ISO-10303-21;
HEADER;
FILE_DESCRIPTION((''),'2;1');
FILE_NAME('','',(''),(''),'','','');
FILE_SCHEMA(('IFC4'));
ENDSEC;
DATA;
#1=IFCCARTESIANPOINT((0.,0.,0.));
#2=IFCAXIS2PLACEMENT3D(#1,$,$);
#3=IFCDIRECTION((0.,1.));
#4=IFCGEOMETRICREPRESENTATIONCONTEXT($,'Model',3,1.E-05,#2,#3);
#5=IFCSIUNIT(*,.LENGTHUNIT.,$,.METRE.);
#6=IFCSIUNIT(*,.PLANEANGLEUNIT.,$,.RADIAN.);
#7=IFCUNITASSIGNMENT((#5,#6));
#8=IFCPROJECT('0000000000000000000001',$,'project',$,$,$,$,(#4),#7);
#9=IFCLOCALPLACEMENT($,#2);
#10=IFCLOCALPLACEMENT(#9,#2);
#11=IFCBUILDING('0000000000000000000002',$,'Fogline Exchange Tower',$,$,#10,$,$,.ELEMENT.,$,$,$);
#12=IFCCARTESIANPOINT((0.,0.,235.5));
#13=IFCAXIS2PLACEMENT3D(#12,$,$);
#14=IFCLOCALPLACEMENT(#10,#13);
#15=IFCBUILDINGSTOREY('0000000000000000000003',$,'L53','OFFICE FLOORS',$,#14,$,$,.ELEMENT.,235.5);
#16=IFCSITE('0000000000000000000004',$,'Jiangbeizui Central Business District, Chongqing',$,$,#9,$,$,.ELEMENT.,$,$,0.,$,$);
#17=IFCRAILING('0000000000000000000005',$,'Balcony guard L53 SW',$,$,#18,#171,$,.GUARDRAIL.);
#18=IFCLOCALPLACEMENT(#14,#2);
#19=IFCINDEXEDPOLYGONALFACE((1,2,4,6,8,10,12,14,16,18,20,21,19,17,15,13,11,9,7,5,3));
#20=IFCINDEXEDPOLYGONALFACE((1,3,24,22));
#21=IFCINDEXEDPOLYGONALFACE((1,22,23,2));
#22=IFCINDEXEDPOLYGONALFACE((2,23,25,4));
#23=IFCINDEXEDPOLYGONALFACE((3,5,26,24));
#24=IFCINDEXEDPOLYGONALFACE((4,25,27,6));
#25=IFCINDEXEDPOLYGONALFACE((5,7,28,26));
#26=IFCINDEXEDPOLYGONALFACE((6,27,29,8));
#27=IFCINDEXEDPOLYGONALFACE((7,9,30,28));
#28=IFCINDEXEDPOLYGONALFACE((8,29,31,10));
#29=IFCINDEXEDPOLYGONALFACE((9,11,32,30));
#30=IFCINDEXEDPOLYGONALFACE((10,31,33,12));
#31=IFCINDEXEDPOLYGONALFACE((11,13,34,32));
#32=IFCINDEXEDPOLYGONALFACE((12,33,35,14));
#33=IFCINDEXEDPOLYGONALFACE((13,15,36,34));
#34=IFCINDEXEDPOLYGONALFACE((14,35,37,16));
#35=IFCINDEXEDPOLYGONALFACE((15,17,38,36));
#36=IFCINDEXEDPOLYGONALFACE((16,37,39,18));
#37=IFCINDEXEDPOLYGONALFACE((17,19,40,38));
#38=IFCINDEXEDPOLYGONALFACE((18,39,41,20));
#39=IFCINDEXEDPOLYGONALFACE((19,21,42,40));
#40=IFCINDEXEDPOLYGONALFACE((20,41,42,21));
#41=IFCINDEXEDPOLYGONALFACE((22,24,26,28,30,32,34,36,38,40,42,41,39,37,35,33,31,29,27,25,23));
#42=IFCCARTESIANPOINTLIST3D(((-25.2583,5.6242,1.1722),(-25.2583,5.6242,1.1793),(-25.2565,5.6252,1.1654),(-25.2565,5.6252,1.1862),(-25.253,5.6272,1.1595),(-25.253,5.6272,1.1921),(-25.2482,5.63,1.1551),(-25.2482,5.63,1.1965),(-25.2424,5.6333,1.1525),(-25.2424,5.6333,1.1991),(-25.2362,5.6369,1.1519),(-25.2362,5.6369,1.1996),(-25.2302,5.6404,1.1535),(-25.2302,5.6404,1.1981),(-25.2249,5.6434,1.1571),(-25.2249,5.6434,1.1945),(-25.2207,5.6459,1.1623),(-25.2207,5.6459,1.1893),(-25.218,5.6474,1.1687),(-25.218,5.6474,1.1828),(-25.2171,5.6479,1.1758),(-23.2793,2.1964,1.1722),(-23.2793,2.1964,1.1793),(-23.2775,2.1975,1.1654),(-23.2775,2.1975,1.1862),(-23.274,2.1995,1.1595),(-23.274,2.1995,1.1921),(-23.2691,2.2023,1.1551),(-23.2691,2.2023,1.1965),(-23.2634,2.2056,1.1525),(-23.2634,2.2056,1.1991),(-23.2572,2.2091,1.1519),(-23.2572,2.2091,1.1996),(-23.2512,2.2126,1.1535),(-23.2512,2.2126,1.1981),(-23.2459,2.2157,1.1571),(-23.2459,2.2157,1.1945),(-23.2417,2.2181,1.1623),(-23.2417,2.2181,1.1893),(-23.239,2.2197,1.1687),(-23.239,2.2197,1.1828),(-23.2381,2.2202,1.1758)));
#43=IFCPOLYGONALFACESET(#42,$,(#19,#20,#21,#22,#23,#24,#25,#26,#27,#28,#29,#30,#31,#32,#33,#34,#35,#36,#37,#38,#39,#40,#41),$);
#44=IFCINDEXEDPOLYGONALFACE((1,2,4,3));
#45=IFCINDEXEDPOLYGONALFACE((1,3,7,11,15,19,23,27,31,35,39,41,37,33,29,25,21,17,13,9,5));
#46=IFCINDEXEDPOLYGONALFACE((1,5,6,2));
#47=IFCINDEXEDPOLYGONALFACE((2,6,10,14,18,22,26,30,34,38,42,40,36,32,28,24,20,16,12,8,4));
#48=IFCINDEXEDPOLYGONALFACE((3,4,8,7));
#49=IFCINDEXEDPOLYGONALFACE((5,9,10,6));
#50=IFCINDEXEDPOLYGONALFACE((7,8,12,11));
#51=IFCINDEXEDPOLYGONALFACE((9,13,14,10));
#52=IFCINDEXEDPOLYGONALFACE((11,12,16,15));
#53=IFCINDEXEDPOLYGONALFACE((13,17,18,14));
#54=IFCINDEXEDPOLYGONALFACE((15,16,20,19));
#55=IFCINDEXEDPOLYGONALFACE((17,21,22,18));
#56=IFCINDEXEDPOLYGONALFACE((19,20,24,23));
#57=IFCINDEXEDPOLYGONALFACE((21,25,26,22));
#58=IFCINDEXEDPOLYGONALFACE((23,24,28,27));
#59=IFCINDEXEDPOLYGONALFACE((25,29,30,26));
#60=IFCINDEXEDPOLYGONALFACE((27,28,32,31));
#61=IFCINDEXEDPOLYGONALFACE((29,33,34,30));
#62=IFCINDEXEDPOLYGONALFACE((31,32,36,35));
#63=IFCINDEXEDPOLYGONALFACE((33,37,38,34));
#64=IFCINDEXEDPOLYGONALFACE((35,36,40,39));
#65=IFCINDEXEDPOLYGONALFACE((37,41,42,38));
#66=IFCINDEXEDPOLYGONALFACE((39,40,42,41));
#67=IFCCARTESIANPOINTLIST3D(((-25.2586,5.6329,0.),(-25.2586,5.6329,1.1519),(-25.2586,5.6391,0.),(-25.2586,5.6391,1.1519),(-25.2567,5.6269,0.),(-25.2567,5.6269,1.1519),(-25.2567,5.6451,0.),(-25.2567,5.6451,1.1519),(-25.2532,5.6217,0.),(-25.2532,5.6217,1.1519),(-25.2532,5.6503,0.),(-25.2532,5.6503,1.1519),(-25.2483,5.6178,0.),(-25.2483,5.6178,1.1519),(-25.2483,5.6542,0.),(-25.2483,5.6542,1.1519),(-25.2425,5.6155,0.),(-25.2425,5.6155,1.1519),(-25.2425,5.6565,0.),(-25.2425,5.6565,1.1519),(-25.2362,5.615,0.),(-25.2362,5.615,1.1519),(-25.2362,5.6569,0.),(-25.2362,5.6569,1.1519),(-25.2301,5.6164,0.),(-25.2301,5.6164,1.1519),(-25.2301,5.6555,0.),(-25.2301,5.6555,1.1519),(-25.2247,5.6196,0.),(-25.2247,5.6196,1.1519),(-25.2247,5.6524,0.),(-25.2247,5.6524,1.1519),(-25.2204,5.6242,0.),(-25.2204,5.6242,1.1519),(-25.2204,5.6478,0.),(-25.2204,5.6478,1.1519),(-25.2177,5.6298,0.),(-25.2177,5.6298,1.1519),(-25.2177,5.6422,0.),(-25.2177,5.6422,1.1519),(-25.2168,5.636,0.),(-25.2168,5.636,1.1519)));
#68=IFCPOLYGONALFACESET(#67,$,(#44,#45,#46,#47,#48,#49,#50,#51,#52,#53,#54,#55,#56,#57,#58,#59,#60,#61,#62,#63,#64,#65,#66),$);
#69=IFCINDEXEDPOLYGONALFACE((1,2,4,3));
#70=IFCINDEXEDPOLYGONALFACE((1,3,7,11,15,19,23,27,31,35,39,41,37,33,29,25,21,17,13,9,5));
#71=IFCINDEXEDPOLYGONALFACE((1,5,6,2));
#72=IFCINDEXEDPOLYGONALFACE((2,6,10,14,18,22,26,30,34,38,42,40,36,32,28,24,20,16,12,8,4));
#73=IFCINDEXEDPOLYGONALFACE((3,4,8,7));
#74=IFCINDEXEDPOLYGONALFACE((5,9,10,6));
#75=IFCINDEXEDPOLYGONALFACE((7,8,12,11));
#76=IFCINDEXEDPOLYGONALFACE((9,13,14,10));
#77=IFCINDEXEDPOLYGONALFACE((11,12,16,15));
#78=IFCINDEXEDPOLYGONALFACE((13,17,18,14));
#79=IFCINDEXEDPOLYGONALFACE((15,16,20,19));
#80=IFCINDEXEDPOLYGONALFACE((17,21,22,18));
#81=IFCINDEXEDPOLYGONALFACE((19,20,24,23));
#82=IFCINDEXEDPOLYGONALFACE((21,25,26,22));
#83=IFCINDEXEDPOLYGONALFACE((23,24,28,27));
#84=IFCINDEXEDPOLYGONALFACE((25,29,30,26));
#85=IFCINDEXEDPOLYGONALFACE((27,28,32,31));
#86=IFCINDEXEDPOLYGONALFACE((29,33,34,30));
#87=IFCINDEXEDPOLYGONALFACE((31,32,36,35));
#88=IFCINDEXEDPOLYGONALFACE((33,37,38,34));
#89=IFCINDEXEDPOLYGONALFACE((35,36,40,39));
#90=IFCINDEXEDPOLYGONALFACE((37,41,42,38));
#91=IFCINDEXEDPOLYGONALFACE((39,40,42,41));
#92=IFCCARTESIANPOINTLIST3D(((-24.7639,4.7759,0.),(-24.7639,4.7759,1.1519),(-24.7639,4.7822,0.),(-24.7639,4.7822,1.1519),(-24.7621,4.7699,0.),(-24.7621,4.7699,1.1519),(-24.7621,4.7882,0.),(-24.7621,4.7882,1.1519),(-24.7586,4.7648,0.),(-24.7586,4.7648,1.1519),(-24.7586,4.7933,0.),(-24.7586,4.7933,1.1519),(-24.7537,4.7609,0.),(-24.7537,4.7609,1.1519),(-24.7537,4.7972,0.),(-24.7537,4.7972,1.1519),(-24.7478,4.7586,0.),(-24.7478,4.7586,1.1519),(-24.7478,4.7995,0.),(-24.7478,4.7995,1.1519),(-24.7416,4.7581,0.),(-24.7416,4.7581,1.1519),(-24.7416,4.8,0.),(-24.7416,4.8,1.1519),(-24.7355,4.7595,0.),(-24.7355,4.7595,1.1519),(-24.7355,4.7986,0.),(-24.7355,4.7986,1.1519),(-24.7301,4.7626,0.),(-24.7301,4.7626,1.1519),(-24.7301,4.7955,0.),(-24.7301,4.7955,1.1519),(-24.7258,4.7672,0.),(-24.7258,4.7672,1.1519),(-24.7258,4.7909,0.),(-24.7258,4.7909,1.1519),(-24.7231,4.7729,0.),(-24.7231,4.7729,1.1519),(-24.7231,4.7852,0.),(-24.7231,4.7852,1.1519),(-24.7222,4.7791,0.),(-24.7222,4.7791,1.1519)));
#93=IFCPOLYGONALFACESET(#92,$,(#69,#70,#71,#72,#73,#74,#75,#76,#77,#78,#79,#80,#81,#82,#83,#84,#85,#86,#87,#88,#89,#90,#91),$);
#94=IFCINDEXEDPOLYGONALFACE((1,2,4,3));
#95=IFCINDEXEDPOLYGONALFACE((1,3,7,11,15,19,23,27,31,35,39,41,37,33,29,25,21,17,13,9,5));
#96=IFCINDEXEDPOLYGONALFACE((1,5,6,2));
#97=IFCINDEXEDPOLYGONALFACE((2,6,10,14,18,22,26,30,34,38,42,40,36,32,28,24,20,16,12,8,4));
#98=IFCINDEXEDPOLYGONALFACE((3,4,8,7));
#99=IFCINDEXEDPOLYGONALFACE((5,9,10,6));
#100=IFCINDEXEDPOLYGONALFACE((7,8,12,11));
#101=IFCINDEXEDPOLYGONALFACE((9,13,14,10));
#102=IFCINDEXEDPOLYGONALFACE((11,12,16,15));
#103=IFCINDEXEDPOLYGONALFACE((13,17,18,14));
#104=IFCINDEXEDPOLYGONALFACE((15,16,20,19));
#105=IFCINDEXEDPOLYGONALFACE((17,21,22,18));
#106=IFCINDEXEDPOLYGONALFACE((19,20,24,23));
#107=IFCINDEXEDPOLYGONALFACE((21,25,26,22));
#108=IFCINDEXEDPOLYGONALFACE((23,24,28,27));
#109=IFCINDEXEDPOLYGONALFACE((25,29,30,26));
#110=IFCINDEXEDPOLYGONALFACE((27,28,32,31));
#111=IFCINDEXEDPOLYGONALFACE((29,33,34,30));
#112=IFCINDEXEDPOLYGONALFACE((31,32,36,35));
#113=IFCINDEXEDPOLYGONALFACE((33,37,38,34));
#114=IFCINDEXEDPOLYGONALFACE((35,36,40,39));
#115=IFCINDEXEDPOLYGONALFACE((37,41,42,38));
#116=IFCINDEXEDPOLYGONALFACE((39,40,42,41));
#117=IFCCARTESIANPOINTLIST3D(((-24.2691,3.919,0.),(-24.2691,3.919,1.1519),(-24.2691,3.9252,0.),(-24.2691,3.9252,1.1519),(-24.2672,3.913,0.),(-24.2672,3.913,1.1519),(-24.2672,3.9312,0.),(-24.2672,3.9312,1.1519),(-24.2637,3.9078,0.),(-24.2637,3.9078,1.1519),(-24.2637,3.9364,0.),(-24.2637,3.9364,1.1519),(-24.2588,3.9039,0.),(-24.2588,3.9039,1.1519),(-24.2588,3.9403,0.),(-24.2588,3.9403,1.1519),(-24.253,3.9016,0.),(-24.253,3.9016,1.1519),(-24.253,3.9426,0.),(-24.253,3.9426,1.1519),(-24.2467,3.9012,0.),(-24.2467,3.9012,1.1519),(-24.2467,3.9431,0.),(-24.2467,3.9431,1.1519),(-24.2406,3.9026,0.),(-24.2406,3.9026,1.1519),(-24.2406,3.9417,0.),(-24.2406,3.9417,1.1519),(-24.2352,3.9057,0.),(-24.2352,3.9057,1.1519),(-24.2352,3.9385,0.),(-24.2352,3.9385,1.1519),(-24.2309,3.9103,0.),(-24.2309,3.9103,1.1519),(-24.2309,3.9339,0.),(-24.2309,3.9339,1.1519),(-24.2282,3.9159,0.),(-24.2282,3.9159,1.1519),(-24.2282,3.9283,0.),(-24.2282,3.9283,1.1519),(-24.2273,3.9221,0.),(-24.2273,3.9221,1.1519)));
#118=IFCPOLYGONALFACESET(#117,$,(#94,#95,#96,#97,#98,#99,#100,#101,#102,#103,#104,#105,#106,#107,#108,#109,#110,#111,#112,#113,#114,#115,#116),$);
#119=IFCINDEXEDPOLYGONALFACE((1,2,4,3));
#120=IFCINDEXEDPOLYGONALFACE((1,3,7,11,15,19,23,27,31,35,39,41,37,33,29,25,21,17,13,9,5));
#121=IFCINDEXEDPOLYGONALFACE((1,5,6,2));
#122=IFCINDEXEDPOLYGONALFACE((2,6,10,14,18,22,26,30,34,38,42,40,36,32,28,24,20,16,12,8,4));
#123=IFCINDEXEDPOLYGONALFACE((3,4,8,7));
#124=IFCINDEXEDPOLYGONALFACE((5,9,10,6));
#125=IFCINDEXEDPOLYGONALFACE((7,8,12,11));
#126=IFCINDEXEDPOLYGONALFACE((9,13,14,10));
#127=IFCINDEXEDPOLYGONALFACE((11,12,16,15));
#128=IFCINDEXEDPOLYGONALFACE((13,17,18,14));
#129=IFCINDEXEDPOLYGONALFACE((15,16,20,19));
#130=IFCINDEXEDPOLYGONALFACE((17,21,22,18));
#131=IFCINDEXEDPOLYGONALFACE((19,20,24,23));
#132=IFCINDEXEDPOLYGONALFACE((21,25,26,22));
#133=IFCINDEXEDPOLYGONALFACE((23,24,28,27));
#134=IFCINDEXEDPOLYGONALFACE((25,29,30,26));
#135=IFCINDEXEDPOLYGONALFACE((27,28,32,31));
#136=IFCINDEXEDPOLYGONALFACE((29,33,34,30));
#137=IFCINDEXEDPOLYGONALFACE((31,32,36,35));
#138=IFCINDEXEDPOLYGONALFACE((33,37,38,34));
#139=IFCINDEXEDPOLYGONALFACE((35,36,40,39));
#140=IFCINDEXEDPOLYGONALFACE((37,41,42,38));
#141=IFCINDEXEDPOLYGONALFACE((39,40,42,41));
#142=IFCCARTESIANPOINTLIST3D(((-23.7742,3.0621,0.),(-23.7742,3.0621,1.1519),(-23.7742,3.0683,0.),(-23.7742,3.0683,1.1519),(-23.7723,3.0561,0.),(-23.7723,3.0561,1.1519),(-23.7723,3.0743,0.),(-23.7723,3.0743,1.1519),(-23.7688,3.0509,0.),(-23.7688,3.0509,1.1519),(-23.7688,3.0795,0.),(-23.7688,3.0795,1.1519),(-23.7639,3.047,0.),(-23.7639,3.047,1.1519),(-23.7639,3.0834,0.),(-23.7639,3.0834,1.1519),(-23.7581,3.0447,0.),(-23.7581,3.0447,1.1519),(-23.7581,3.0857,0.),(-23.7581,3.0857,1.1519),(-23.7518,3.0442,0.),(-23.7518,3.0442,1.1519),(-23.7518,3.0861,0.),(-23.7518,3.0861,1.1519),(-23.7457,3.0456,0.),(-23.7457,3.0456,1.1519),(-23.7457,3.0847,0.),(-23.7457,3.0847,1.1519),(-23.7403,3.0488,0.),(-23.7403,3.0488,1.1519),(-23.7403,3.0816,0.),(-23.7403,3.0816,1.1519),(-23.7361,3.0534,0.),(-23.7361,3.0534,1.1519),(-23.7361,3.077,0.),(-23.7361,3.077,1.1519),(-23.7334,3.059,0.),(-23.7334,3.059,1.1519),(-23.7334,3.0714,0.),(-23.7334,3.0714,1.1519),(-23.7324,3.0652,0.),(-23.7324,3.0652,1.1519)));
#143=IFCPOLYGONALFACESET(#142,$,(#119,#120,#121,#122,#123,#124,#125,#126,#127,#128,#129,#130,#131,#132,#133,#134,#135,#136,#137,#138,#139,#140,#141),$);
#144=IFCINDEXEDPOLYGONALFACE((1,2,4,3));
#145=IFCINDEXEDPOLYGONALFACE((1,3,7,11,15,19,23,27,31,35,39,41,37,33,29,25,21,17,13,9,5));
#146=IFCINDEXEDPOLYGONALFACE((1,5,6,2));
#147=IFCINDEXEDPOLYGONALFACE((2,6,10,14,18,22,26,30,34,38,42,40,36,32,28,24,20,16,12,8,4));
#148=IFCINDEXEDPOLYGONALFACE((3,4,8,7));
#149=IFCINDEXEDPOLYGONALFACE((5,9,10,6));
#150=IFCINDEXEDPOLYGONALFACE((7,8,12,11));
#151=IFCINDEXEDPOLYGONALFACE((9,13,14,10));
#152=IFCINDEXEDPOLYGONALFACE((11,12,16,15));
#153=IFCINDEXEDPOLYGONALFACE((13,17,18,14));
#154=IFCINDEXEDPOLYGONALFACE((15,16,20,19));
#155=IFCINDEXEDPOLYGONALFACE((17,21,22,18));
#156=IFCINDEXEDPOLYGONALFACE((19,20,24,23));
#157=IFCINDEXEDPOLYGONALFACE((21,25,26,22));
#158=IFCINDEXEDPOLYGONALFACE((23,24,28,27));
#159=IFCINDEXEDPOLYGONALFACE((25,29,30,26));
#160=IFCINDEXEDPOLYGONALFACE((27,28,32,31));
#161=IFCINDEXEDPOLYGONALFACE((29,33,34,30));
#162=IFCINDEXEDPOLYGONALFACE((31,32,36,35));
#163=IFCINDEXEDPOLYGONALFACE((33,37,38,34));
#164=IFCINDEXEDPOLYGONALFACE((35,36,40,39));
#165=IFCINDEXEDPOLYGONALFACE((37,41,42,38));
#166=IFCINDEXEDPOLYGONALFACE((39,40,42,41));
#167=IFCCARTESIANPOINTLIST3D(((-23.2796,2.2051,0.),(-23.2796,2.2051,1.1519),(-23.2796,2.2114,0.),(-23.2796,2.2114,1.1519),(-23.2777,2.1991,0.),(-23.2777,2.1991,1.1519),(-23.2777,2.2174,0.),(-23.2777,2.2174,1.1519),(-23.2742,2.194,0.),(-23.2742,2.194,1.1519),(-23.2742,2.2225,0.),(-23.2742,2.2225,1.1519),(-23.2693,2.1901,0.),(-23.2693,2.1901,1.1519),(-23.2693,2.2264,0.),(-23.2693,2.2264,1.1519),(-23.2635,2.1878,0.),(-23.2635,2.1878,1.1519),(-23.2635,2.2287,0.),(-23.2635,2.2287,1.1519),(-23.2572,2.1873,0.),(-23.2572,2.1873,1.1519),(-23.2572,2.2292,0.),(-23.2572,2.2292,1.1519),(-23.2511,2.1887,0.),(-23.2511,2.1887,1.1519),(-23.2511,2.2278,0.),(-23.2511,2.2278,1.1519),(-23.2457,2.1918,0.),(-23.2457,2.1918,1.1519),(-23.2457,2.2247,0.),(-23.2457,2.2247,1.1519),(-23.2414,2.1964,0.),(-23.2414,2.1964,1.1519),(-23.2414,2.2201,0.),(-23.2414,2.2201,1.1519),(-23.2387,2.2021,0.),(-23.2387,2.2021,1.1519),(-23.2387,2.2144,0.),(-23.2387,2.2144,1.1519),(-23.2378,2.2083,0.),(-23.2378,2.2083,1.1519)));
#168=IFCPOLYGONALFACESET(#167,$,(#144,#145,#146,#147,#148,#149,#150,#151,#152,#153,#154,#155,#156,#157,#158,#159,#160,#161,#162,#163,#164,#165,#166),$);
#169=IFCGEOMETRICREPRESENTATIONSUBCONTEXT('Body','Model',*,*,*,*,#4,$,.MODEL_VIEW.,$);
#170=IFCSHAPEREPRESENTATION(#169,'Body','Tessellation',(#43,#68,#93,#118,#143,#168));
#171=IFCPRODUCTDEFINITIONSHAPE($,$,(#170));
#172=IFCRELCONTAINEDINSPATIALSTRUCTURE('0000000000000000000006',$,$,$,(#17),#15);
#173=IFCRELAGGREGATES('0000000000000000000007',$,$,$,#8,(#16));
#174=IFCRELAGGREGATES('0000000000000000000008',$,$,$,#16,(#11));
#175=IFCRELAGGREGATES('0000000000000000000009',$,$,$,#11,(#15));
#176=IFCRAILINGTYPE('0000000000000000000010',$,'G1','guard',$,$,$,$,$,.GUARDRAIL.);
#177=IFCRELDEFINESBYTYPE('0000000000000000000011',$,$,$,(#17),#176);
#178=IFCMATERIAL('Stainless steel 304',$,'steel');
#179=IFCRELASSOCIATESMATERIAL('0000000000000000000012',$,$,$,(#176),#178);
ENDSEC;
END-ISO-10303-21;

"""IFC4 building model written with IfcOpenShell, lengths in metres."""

from ifc_helpers import new_model, si_unit, direction, frame, origin, origin_2d, place, context, subcontext, project, spatial, circle, extrude, material, type_object, element, save


model = new_model("IFC4")

# Units and contexts
model_context = context("Model", 3, precision=1e-05, world=origin(), true_north=direction((0.0, 1.0)))
body_context = subcontext(model_context, "Body", "Model", "MODEL_VIEW")
ifc_project = project(units=[si_unit("LENGTHUNIT", "METRE"), si_unit("PLANEANGLEUNIT", "RADIAN")], contexts=[model_context])

# Site, building, storey
site_placement = place(None, origin())
site = spatial("IfcSite", under=ifc_project, at=site_placement, Name="Jiangbeizui Central Business District, Chongqing", CompositionType="ELEMENT", RefElevation=0.0)
building_placement = place(site_placement, origin())
building = spatial("IfcBuilding", under=site, at=building_placement, Name="Fogline Exchange Tower", CompositionType="ELEMENT")
storey_placement = place(building_placement, frame((0.0, 0.0, 235.5)))
storey = spatial("IfcBuildingStorey", under=building, at=storey_placement, Name="L53", Description="OFFICE FLOORS", CompositionType="ELEMENT", Elevation=235.5)

# Railing
ifc_material_1 = material(Name="Stainless steel 304", Category="steel")
railing_type = type_object("IfcRailingType", Name="G1", Description="guard", PredefinedType="GUARDRAIL", material=ifc_material_1)
railing_placement = place(storey_placement, frame((-25.2378, 5.636, 0.0)))
element("IfcRailing", 1, at=railing_placement, inside=storey, type_object=railing_type, Name="Balcony guard L53 SW", PredefinedType="GUARDRAIL", context=body_context, shape_type="SweptSolid", body=[
    extrude(circle(Radius=0.0239, at=origin_2d()), frame((0.0, 0.0, 1.1758), z_axis=(0.5, -0.866025, 0.0), x_axis=(0.866025, 0.5, 0.0)), (0.0, 0.0, 1.0), 3.958),
    extrude(circle(Radius=0.021, at=origin_2d()), origin(), (0.0, 0.0, 1.0), 1.1519),
    extrude(circle(Radius=0.021, at=origin_2d()), frame((0.4946, -0.8569, 0.0)), (0.0, 0.0, 1.0), 1.1519),
    extrude(circle(Radius=0.021, at=origin_2d()), frame((0.9895, -1.7139, 0.0)), (0.0, 0.0, 1.0), 1.1519),
    extrude(circle(Radius=0.021, at=origin_2d()), frame((1.4844, -2.5708, 0.0)), (0.0, 0.0, 1.0), 1.1519),
    extrude(circle(Radius=0.021, at=origin_2d()), frame((1.979, -3.4277, 0.0)), (0.0, 0.0, 1.0), 1.1519),
])

save(model, "model.ifc")
